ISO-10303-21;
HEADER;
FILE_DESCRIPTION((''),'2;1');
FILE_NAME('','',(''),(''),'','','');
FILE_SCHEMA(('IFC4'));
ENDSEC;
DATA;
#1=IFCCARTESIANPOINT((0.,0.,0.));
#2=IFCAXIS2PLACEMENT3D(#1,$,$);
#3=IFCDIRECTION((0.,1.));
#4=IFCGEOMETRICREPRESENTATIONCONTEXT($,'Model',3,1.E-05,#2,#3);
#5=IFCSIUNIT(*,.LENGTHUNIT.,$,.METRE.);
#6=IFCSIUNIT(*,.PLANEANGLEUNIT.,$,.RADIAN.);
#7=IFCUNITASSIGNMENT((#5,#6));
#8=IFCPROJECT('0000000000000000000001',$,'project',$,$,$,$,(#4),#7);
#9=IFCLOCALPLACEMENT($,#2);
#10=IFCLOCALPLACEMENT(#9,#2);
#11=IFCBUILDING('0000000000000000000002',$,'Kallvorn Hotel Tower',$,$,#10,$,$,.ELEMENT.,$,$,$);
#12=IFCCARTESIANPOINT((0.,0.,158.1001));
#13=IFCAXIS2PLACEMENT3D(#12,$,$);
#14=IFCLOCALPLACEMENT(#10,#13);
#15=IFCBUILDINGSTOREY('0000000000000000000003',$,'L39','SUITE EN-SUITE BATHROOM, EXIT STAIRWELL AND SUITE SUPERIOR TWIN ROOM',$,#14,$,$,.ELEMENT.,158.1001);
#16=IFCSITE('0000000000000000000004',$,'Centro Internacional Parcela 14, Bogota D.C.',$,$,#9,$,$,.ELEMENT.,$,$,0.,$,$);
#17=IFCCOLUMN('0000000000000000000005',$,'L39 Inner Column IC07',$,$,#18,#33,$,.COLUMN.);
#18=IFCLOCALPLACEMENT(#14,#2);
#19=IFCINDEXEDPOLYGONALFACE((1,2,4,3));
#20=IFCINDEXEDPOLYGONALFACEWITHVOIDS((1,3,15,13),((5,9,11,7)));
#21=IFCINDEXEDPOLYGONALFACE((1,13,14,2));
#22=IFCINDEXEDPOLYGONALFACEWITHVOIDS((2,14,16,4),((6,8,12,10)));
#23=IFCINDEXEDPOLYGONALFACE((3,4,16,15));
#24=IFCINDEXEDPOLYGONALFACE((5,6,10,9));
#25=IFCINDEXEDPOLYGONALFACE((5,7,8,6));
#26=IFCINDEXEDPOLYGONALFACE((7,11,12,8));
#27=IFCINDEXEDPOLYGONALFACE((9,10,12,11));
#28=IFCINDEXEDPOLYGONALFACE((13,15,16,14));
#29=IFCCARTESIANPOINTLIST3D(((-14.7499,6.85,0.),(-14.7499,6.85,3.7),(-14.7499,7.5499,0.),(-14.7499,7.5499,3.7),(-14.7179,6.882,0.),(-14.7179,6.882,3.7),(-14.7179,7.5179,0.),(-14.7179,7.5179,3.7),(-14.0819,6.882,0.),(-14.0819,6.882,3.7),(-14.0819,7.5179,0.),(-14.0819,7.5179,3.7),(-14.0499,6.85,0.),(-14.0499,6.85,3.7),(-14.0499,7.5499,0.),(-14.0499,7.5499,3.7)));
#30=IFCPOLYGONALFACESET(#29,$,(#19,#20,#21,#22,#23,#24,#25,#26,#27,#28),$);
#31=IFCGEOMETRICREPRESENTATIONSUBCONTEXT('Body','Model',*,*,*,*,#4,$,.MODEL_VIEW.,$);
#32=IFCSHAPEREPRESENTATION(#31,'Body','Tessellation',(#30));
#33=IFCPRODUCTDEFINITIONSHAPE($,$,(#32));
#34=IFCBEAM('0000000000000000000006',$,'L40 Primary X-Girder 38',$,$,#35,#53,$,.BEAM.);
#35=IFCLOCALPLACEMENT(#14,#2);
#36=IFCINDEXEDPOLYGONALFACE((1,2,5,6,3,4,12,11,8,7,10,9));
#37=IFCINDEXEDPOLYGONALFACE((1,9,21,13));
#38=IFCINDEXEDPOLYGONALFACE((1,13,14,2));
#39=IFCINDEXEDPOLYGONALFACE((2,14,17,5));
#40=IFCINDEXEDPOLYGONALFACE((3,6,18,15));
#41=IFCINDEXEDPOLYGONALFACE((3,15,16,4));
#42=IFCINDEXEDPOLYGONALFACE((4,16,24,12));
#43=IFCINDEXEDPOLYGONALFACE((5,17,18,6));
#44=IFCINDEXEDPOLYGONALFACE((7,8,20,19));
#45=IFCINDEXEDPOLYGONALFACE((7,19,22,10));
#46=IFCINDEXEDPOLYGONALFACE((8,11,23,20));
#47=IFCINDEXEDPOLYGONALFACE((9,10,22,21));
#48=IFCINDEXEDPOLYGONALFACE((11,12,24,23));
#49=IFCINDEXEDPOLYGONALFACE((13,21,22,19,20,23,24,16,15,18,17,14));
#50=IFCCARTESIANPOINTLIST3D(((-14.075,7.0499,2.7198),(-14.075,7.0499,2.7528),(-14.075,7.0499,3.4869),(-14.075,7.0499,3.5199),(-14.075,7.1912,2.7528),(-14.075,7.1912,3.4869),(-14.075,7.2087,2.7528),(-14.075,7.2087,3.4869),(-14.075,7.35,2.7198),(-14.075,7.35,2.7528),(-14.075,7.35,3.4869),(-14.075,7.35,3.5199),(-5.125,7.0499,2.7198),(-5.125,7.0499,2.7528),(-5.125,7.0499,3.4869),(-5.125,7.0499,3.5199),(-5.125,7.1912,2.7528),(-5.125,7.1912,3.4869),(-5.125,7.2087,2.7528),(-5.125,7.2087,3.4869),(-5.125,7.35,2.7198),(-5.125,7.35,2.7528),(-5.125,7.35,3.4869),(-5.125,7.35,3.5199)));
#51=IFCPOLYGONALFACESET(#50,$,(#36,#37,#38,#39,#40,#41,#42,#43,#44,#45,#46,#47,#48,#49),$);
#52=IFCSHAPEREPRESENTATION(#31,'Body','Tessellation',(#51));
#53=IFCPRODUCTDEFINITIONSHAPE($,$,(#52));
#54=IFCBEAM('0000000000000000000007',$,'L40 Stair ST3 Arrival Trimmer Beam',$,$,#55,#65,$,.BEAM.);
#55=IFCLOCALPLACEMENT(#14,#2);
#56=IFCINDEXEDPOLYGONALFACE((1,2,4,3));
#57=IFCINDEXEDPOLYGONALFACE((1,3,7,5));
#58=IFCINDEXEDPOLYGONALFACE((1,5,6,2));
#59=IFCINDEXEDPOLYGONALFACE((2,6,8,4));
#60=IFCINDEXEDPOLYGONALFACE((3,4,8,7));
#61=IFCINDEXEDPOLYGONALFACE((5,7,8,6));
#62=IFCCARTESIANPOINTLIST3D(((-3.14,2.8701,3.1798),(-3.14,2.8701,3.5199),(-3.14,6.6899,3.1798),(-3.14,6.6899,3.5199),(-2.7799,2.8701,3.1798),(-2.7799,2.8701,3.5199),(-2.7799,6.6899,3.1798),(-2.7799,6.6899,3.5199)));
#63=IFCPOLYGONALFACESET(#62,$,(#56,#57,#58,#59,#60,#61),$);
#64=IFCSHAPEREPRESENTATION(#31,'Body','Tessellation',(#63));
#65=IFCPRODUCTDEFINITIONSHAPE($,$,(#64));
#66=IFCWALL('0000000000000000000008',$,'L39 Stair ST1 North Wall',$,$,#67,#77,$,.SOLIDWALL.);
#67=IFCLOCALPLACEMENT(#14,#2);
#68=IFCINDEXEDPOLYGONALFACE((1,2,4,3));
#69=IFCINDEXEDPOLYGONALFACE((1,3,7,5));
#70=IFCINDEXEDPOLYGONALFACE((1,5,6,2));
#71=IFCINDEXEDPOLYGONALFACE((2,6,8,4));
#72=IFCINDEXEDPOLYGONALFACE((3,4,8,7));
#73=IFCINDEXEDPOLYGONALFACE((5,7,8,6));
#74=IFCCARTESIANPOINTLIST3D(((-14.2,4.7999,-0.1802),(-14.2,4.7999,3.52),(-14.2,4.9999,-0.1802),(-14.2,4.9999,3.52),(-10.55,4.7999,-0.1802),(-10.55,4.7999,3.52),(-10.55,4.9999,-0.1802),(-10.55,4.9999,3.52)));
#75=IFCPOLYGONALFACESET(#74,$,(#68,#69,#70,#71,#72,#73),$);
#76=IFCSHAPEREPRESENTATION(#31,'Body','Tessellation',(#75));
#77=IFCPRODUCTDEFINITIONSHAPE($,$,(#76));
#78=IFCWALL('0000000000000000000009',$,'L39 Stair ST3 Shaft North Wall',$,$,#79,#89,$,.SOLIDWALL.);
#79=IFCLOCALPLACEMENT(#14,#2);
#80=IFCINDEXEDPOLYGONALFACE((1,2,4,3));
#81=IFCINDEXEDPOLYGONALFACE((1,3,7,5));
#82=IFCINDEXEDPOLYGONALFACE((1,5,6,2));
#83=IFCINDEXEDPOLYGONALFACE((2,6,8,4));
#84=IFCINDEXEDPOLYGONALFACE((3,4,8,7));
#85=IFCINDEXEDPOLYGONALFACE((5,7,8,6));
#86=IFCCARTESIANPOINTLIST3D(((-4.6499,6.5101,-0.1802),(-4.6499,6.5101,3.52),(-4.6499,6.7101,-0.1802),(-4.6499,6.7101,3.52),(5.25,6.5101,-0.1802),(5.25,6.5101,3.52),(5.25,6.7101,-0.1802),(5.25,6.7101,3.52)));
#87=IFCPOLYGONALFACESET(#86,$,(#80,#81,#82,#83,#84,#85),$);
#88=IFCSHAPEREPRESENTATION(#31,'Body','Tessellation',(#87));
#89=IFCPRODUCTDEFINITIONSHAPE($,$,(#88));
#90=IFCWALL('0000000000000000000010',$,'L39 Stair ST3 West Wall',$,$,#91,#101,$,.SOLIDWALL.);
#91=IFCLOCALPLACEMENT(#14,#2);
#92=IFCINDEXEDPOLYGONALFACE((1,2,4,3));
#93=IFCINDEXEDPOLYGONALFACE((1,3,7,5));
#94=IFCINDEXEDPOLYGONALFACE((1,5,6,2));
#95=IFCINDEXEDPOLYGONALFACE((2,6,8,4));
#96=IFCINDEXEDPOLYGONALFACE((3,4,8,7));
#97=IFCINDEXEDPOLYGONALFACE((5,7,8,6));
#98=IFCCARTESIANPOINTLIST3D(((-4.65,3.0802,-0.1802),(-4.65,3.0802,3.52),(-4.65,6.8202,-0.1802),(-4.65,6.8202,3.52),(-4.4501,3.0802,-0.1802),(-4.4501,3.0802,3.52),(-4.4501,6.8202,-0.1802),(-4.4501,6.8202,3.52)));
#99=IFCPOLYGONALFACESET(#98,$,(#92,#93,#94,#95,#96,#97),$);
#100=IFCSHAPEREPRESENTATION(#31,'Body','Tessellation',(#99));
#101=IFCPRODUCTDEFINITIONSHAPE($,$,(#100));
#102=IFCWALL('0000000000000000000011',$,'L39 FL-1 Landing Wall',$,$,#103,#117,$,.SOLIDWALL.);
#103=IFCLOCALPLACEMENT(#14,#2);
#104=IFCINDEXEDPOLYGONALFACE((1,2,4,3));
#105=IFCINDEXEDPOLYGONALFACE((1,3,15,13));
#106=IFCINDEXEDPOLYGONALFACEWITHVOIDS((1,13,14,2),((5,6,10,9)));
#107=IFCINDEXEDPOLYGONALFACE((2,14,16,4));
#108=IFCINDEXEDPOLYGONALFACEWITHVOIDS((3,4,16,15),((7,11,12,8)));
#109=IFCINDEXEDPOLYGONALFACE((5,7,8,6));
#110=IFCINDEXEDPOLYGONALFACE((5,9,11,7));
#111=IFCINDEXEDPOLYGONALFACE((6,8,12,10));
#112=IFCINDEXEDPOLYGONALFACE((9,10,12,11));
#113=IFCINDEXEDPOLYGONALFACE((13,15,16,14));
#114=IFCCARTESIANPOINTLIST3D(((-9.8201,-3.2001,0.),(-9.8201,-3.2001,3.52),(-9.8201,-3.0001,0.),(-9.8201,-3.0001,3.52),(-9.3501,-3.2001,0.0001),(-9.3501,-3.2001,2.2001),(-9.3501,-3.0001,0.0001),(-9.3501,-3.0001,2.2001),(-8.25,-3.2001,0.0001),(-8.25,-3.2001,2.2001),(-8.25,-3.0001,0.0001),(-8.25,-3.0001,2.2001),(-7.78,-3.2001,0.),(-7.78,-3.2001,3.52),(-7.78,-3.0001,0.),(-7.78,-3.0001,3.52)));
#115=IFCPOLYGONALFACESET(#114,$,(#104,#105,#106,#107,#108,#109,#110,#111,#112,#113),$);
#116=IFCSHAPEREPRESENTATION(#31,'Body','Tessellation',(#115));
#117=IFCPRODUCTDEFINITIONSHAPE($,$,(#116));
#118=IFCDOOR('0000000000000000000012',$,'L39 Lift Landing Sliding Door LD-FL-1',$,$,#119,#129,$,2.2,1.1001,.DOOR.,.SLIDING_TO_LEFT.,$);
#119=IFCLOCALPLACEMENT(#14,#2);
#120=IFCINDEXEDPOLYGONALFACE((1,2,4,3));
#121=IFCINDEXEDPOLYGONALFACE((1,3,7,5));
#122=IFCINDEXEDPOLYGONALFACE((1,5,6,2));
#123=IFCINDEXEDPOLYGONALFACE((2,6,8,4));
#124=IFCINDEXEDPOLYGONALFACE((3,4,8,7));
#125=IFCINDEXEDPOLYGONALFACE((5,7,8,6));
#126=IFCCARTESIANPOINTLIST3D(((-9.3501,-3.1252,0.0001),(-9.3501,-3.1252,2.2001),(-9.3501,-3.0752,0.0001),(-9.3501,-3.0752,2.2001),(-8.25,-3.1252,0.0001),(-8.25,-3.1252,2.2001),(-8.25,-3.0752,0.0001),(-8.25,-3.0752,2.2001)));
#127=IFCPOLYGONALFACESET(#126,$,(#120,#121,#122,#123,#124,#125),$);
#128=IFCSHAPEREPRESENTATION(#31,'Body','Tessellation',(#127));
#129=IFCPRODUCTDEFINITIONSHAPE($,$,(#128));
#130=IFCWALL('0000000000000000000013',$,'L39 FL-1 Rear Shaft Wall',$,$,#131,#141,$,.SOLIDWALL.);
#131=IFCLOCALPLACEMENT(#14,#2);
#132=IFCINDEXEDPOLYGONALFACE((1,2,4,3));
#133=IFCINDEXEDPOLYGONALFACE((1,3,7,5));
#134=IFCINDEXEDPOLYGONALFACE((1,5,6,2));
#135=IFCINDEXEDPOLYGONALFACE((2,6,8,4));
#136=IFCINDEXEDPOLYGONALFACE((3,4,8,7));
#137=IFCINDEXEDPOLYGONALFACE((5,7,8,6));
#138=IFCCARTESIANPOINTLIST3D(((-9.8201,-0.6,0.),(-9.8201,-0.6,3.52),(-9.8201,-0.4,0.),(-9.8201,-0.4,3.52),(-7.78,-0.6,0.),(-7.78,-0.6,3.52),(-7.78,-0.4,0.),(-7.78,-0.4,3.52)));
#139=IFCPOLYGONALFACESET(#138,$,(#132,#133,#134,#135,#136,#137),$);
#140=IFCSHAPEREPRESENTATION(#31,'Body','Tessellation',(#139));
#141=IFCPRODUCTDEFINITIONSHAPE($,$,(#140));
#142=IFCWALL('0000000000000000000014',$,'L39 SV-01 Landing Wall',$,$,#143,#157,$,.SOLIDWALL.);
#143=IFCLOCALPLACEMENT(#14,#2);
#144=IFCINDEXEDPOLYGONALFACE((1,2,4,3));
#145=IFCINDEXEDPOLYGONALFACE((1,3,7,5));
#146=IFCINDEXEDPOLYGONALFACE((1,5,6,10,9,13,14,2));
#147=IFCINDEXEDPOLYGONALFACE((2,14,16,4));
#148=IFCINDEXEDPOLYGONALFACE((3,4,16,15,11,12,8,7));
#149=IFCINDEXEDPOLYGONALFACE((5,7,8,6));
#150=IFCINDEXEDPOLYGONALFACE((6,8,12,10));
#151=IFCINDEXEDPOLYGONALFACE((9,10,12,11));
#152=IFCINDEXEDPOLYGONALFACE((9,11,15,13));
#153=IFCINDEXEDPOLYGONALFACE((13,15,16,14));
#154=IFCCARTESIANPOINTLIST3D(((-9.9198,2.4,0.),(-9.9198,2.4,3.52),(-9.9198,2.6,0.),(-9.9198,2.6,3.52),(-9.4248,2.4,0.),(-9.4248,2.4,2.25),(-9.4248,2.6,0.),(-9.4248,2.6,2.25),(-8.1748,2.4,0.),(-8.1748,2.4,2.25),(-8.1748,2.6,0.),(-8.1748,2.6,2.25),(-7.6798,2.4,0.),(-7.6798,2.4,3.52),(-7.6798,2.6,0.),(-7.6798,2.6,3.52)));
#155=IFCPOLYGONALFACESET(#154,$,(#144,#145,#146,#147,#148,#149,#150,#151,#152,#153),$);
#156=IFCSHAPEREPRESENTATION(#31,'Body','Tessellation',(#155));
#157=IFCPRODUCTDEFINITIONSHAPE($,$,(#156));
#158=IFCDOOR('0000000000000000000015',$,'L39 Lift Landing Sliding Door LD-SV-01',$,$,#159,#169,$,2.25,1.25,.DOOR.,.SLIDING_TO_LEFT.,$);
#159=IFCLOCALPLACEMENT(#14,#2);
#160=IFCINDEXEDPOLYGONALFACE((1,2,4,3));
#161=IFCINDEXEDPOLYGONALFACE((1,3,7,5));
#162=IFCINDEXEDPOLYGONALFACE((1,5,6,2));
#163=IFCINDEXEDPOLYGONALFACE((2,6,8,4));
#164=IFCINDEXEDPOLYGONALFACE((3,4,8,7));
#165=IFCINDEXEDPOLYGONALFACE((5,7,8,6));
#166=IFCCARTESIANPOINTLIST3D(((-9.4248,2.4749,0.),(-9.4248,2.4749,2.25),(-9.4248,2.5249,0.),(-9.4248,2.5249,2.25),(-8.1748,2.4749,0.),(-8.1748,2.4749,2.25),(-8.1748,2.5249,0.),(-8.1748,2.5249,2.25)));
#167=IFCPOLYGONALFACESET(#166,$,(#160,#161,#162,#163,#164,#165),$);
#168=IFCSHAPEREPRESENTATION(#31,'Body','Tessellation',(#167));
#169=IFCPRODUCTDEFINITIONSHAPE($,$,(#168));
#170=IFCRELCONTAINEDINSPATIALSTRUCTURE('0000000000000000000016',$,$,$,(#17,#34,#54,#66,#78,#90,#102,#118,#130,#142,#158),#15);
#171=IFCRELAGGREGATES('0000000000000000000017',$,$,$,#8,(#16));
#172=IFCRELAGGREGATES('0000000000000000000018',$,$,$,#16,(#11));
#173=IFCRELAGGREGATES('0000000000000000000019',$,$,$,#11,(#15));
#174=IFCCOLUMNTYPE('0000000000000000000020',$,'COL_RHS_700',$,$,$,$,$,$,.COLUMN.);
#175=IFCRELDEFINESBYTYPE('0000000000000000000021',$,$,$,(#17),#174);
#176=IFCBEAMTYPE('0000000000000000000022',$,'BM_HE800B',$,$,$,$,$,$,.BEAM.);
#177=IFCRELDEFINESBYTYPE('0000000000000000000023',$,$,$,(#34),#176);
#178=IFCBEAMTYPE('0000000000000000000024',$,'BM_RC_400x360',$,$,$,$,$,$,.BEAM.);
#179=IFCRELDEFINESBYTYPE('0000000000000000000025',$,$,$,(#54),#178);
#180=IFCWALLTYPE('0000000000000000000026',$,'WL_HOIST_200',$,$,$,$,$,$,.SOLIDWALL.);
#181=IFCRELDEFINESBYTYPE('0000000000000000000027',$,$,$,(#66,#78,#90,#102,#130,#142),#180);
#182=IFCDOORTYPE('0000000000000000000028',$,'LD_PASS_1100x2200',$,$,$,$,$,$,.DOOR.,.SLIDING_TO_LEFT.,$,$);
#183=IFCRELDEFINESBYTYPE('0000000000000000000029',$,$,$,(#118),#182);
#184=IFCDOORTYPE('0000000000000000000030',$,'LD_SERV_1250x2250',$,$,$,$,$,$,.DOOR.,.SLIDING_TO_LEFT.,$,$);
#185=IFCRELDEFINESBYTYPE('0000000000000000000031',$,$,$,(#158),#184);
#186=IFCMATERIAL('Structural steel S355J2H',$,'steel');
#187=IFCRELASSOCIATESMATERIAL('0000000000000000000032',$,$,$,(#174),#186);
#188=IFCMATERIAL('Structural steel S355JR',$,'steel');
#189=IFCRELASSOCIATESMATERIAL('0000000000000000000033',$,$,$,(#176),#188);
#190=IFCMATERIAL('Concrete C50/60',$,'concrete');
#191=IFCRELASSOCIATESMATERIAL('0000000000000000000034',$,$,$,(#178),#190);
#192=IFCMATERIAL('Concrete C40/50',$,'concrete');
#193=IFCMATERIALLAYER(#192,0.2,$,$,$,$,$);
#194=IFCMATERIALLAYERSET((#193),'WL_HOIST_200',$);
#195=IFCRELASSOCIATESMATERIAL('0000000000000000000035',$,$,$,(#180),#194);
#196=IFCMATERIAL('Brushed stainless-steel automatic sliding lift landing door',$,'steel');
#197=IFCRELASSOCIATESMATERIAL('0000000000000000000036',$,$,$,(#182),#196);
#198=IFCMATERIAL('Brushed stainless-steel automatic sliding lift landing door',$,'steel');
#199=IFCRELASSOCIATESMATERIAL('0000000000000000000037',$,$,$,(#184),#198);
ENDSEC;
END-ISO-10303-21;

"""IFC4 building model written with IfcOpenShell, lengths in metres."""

from ifc_helpers import new_model, si_unit, direction, frame, frame_2d, origin, origin_2d, place, context, subcontext, project, spatial, rectangle, hollow_rectangle, i_section, extrude, material, layer, layer_set, material_profile, profile_set, type_object, element, fill, save


model = new_model("IFC4")

# Units and contexts
model_context = context("Model", 3, precision=1e-05, world=origin(), true_north=direction((0.0, 1.0)))
body_context = subcontext(model_context, "Body", "Model", "MODEL_VIEW")
ifc_project = project(units=[si_unit("LENGTHUNIT", "METRE"), si_unit("PLANEANGLEUNIT", "RADIAN")], contexts=[model_context])

# Site, building, storey
site_placement = place(None, origin())
site = spatial("IfcSite", under=ifc_project, at=site_placement, Name="Centro Internacional Parcela 14, Bogota D.C.", CompositionType="ELEMENT", RefElevation=0.0)
building_placement = place(site_placement, origin())
building = spatial("IfcBuilding", under=site, at=building_placement, Name="Kallvorn Hotel Tower", CompositionType="ELEMENT")
storey_placement = place(building_placement, frame((0.0, 0.0, 158.1001)))
storey = spatial("IfcBuildingStorey", under=building, at=storey_placement, Name="L39", Description="SUITE EN-SUITE BATHROOM, EXIT STAIRWELL AND SUITE SUPERIOR TWIN ROOM", CompositionType="ELEMENT", Elevation=158.1001)

# Column
ifc_material_1 = material(Name="Structural steel S355J2H", Category="steel")
ifc_material_profile_1 = material_profile(ifc_material_1, hollow_rectangle(XDim=0.7, YDim=0.7, WallThickness=0.032, at=origin_2d()), Name="RHS 700x700x32")
ifc_profile_set_1 = profile_set([ifc_material_profile_1], Name="Structural steel S355J2H")
column_type = type_object("IfcColumnType", Name="COL_RHS_700", PredefinedType="COLUMN", material=ifc_profile_set_1)
column_placement = place(storey_placement, frame((-14.3999, 7.2, 0.0), z_axis=(0.0, 0.0, 1.0), x_axis=(1.0, 0.0, 0.0)))
element("IfcColumn", 1, at=column_placement, inside=storey, type_object=column_type, Name="L39 Inner Column IC07", PredefinedType="COLUMN", context=body_context, shape_type="SweptSolid", body=[
    extrude(hollow_rectangle(XDim=0.7, YDim=0.7, WallThickness=0.032, at=origin_2d()), origin(), (0.0, 0.0, 1.0), 3.7),
])

# Beams
ifc_material_2 = material(Name="Structural steel S355JR", Category="steel")
ifc_material_profile_2 = material_profile(ifc_material_2, i_section(OverallWidth=0.3, OverallDepth=0.8, WebThickness=0.0176, FlangeThickness=0.033, at=origin_2d()), Name="HE 800 B")
ifc_profile_set_2 = profile_set([ifc_material_profile_2], Name="Structural steel S355JR")
beam_type_1 = type_object("IfcBeamType", Name="BM_HE800B", PredefinedType="BEAM", material=ifc_profile_set_2)
beam_1_placement = place(storey_placement, frame((-14.075, 7.2, 3.1199), z_axis=(1.0, 0.0, 0.0), x_axis=(0.0, 1.0, 0.0)))
element("IfcBeam", 2, at=beam_1_placement, inside=storey, type_object=beam_type_1, Name="L40 Primary X-Girder 38", PredefinedType="BEAM", context=body_context, shape_type="SweptSolid", body=[
    extrude(i_section(OverallWidth=0.3, OverallDepth=0.8, WebThickness=0.0176, FlangeThickness=0.033, at=origin_2d()), origin(), (0.0, 0.0, 1.0), 8.95),
])
ifc_material_3 = material(Name="Concrete C50/60", Category="concrete")
ifc_material_profile_3 = material_profile(ifc_material_3, rectangle(XDim=0.3601, YDim=0.3401, at=origin_2d()), Name="RC 360x340")
ifc_profile_set_3 = profile_set([ifc_material_profile_3], Name="Concrete C50/60")
beam_type_2 = type_object("IfcBeamType", Name="BM_RC_400x360", PredefinedType="BEAM", material=ifc_profile_set_3)
beam_2_placement = place(storey_placement, frame((-2.96, 2.8701, 3.3499), z_axis=(0.0, 1.0, 0.0), x_axis=(-1.0, 0.0, 0.0)))
element("IfcBeam", 3, at=beam_2_placement, inside=storey, type_object=beam_type_2, Name="L40 Stair ST3 Arrival Trimmer Beam", PredefinedType="BEAM", context=body_context, shape_type="SweptSolid", body=[
    extrude(rectangle(XDim=0.3601, YDim=0.3401, at=origin_2d()), origin(), (0.0, 0.0, 1.0), 3.8198),
])

# Walls
ifc_material_4 = material(Name="Concrete C40/50", Category="concrete")
ifc_layer_1 = layer(ifc_material_4, 0.2)
ifc_layer_set_1 = layer_set([ifc_layer_1], Name="WL_HOIST_200")
wall_type_1 = type_object("IfcWallType", Name="WL_HOIST_200", PredefinedType="SOLIDWALL", material=ifc_layer_set_1)
wall_1_placement = place(storey_placement, frame((-14.2, 4.8999, -0.1802), z_axis=(0.0, 0.0, 1.0), x_axis=(1.0, 0.0, 0.0)))
element("IfcWall", 4, at=wall_1_placement, inside=storey, type_object=wall_type_1, Name="L39 Stair ST1 North Wall", PredefinedType="SOLIDWALL", context=body_context, shape_type="SweptSolid", body=[
    extrude(rectangle(XDim=3.6499, YDim=0.2, at=frame_2d((1.825, 0.0))), origin(), (0.0, 0.0, 1.0), 3.7002),
])
wall_2_placement = place(storey_placement, frame((-4.6499, 6.6101, -0.1802), z_axis=(0.0, 0.0, 1.0), x_axis=(1.0, 0.0, 0.0)))
element("IfcWall", 5, at=wall_2_placement, inside=storey, type_object=wall_type_1, Name="L39 Stair ST3 Shaft North Wall", PredefinedType="SOLIDWALL", context=body_context, shape_type="SweptSolid", body=[
    extrude(rectangle(XDim=9.8999, YDim=0.2, at=frame_2d((4.95, 0.0))), origin(), (0.0, 0.0, 1.0), 3.7002),
])
wall_3_placement = place(storey_placement, frame((-4.55, 3.0801, -0.1802), z_axis=(0.0, 0.0, 1.0), x_axis=(0.0, 1.0, 0.0)))
element("IfcWall", 6, at=wall_3_placement, inside=storey, type_object=wall_type_1, Name="L39 Stair ST3 West Wall", PredefinedType="SOLIDWALL", context=body_context, shape_type="SweptSolid", body=[
    extrude(rectangle(XDim=3.74, YDim=0.2, at=frame_2d((1.8701, 0.0))), origin(), (0.0, 0.0, 1.0), 3.7002),
])

# Wall, opening, door
wall_4_placement = place(storey_placement, frame((-9.8201, -3.1001, 0.0), z_axis=(0.0, 0.0, 1.0), x_axis=(1.0, 0.0, 0.0)))
wall_4 = element("IfcWall", 7, at=wall_4_placement, inside=storey, type_object=wall_type_1, Name="L39 FL-1 Landing Wall", PredefinedType="SOLIDWALL", context=body_context, shape_type="SweptSolid", body=[
    extrude(rectangle(XDim=2.04, YDim=0.2, at=frame_2d((1.02, 0.0))), origin(), (0.0, 0.0, 1.0), 3.52),
])
opening_1_placement = place(wall_4_placement, frame((0.47, 0.0, 0.0)))
opening_1 = element("IfcOpeningElement", 8, at=opening_1_placement, cuts=wall_4, PredefinedType="OPENING", context=body_context, shape_type="SweptSolid", body=[
    extrude(rectangle(XDim=1.1001, YDim=2.2, at=frame_2d((0.55, 1.1001))), frame((0.0, 0.115, 0.0), z_axis=(0.0, -1.0, 0.0), x_axis=(1.0, 0.0, 0.0)), (0.0, 0.0, 1.0), 0.23),
])
ifc_material_5 = material(Name="Brushed stainless-steel automatic sliding lift landing door", Category="steel")
door_type_1 = type_object("IfcDoorType", Name="LD_PASS_1100x2200", OperationType="SLIDING_TO_LEFT", PredefinedType="DOOR", material=ifc_material_5)
door_1_placement = place(opening_1_placement, origin())
door_1 = element("IfcDoor", 9, at=door_1_placement, inside=storey, type_object=door_type_1, Name="L39 Lift Landing Sliding Door LD-FL-1", OperationType="SLIDING_TO_LEFT", OverallHeight=2.2, OverallWidth=1.1001, PredefinedType="DOOR", context=body_context, shape_type="SweptSolid", body=[
    extrude(rectangle(XDim=1.1001, YDim=2.2, at=frame_2d((0.55, 1.1001))), frame((0.0, 0.0249, 0.0), z_axis=(0.0, -1.0, 0.0), x_axis=(1.0, 0.0, 0.0)), (0.0, 0.0, 1.0), 0.05),
])
fill(opening_1, door_1)

# Wall
wall_5_placement = place(storey_placement, frame((-9.8201, -0.5, 0.0), z_axis=(0.0, 0.0, 1.0), x_axis=(1.0, 0.0, 0.0)))
element("IfcWall", 10, at=wall_5_placement, inside=storey, type_object=wall_type_1, Name="L39 FL-1 Rear Shaft Wall", PredefinedType="SOLIDWALL", context=body_context, shape_type="SweptSolid", body=[
    extrude(rectangle(XDim=2.04, YDim=0.2, at=frame_2d((1.02, 0.0))), origin(), (0.0, 0.0, 1.0), 3.52),
])

# Wall, opening, door
wall_6_placement = place(storey_placement, frame((-9.9199, 2.5, 0.0), z_axis=(0.0, 0.0, 1.0), x_axis=(1.0, 0.0, 0.0)))
wall_6 = element("IfcWall", 11, at=wall_6_placement, inside=storey, type_object=wall_type_1, Name="L39 SV-01 Landing Wall", PredefinedType="SOLIDWALL", context=body_context, shape_type="SweptSolid", body=[
    extrude(rectangle(XDim=2.24, YDim=0.2, at=frame_2d((1.1201, 0.0))), origin(), (0.0, 0.0, 1.0), 3.52),
])
opening_2_placement = place(wall_6_placement, frame((0.4951, 0.0, 0.0)))
opening_2 = element("IfcOpeningElement", 12, at=opening_2_placement, cuts=wall_6, PredefinedType="OPENING", context=body_context, shape_type="SweptSolid", body=[
    extrude(rectangle(XDim=1.25, YDim=2.25, at=frame_2d((0.625, 1.125))), frame((0.0, 0.115, 0.0), z_axis=(0.0, -1.0, 0.0), x_axis=(1.0, 0.0, 0.0)), (0.0, 0.0, 1.0), 0.23),
])
ifc_material_6 = material(Name="Brushed stainless-steel automatic sliding lift landing door", Category="steel")
door_type_2 = type_object("IfcDoorType", Name="LD_SERV_1250x2250", OperationType="SLIDING_TO_LEFT", PredefinedType="DOOR", material=ifc_material_6)
door_2_placement = place(opening_2_placement, origin())
door_2 = element("IfcDoor", 13, at=door_2_placement, inside=storey, type_object=door_type_2, Name="L39 Lift Landing Sliding Door LD-SV-01", OperationType="SLIDING_TO_LEFT", OverallHeight=2.25, OverallWidth=1.25, PredefinedType="DOOR", context=body_context, shape_type="SweptSolid", body=[
    extrude(rectangle(XDim=1.25, YDim=2.25, at=frame_2d((0.625, 1.125))), frame((0.0, 0.0249, 0.0), z_axis=(0.0, -1.0, 0.0), x_axis=(1.0, 0.0, 0.0)), (0.0, 0.0, 1.0), 0.05),
])
fill(opening_2, door_2)

save(model, "model.ifc")
